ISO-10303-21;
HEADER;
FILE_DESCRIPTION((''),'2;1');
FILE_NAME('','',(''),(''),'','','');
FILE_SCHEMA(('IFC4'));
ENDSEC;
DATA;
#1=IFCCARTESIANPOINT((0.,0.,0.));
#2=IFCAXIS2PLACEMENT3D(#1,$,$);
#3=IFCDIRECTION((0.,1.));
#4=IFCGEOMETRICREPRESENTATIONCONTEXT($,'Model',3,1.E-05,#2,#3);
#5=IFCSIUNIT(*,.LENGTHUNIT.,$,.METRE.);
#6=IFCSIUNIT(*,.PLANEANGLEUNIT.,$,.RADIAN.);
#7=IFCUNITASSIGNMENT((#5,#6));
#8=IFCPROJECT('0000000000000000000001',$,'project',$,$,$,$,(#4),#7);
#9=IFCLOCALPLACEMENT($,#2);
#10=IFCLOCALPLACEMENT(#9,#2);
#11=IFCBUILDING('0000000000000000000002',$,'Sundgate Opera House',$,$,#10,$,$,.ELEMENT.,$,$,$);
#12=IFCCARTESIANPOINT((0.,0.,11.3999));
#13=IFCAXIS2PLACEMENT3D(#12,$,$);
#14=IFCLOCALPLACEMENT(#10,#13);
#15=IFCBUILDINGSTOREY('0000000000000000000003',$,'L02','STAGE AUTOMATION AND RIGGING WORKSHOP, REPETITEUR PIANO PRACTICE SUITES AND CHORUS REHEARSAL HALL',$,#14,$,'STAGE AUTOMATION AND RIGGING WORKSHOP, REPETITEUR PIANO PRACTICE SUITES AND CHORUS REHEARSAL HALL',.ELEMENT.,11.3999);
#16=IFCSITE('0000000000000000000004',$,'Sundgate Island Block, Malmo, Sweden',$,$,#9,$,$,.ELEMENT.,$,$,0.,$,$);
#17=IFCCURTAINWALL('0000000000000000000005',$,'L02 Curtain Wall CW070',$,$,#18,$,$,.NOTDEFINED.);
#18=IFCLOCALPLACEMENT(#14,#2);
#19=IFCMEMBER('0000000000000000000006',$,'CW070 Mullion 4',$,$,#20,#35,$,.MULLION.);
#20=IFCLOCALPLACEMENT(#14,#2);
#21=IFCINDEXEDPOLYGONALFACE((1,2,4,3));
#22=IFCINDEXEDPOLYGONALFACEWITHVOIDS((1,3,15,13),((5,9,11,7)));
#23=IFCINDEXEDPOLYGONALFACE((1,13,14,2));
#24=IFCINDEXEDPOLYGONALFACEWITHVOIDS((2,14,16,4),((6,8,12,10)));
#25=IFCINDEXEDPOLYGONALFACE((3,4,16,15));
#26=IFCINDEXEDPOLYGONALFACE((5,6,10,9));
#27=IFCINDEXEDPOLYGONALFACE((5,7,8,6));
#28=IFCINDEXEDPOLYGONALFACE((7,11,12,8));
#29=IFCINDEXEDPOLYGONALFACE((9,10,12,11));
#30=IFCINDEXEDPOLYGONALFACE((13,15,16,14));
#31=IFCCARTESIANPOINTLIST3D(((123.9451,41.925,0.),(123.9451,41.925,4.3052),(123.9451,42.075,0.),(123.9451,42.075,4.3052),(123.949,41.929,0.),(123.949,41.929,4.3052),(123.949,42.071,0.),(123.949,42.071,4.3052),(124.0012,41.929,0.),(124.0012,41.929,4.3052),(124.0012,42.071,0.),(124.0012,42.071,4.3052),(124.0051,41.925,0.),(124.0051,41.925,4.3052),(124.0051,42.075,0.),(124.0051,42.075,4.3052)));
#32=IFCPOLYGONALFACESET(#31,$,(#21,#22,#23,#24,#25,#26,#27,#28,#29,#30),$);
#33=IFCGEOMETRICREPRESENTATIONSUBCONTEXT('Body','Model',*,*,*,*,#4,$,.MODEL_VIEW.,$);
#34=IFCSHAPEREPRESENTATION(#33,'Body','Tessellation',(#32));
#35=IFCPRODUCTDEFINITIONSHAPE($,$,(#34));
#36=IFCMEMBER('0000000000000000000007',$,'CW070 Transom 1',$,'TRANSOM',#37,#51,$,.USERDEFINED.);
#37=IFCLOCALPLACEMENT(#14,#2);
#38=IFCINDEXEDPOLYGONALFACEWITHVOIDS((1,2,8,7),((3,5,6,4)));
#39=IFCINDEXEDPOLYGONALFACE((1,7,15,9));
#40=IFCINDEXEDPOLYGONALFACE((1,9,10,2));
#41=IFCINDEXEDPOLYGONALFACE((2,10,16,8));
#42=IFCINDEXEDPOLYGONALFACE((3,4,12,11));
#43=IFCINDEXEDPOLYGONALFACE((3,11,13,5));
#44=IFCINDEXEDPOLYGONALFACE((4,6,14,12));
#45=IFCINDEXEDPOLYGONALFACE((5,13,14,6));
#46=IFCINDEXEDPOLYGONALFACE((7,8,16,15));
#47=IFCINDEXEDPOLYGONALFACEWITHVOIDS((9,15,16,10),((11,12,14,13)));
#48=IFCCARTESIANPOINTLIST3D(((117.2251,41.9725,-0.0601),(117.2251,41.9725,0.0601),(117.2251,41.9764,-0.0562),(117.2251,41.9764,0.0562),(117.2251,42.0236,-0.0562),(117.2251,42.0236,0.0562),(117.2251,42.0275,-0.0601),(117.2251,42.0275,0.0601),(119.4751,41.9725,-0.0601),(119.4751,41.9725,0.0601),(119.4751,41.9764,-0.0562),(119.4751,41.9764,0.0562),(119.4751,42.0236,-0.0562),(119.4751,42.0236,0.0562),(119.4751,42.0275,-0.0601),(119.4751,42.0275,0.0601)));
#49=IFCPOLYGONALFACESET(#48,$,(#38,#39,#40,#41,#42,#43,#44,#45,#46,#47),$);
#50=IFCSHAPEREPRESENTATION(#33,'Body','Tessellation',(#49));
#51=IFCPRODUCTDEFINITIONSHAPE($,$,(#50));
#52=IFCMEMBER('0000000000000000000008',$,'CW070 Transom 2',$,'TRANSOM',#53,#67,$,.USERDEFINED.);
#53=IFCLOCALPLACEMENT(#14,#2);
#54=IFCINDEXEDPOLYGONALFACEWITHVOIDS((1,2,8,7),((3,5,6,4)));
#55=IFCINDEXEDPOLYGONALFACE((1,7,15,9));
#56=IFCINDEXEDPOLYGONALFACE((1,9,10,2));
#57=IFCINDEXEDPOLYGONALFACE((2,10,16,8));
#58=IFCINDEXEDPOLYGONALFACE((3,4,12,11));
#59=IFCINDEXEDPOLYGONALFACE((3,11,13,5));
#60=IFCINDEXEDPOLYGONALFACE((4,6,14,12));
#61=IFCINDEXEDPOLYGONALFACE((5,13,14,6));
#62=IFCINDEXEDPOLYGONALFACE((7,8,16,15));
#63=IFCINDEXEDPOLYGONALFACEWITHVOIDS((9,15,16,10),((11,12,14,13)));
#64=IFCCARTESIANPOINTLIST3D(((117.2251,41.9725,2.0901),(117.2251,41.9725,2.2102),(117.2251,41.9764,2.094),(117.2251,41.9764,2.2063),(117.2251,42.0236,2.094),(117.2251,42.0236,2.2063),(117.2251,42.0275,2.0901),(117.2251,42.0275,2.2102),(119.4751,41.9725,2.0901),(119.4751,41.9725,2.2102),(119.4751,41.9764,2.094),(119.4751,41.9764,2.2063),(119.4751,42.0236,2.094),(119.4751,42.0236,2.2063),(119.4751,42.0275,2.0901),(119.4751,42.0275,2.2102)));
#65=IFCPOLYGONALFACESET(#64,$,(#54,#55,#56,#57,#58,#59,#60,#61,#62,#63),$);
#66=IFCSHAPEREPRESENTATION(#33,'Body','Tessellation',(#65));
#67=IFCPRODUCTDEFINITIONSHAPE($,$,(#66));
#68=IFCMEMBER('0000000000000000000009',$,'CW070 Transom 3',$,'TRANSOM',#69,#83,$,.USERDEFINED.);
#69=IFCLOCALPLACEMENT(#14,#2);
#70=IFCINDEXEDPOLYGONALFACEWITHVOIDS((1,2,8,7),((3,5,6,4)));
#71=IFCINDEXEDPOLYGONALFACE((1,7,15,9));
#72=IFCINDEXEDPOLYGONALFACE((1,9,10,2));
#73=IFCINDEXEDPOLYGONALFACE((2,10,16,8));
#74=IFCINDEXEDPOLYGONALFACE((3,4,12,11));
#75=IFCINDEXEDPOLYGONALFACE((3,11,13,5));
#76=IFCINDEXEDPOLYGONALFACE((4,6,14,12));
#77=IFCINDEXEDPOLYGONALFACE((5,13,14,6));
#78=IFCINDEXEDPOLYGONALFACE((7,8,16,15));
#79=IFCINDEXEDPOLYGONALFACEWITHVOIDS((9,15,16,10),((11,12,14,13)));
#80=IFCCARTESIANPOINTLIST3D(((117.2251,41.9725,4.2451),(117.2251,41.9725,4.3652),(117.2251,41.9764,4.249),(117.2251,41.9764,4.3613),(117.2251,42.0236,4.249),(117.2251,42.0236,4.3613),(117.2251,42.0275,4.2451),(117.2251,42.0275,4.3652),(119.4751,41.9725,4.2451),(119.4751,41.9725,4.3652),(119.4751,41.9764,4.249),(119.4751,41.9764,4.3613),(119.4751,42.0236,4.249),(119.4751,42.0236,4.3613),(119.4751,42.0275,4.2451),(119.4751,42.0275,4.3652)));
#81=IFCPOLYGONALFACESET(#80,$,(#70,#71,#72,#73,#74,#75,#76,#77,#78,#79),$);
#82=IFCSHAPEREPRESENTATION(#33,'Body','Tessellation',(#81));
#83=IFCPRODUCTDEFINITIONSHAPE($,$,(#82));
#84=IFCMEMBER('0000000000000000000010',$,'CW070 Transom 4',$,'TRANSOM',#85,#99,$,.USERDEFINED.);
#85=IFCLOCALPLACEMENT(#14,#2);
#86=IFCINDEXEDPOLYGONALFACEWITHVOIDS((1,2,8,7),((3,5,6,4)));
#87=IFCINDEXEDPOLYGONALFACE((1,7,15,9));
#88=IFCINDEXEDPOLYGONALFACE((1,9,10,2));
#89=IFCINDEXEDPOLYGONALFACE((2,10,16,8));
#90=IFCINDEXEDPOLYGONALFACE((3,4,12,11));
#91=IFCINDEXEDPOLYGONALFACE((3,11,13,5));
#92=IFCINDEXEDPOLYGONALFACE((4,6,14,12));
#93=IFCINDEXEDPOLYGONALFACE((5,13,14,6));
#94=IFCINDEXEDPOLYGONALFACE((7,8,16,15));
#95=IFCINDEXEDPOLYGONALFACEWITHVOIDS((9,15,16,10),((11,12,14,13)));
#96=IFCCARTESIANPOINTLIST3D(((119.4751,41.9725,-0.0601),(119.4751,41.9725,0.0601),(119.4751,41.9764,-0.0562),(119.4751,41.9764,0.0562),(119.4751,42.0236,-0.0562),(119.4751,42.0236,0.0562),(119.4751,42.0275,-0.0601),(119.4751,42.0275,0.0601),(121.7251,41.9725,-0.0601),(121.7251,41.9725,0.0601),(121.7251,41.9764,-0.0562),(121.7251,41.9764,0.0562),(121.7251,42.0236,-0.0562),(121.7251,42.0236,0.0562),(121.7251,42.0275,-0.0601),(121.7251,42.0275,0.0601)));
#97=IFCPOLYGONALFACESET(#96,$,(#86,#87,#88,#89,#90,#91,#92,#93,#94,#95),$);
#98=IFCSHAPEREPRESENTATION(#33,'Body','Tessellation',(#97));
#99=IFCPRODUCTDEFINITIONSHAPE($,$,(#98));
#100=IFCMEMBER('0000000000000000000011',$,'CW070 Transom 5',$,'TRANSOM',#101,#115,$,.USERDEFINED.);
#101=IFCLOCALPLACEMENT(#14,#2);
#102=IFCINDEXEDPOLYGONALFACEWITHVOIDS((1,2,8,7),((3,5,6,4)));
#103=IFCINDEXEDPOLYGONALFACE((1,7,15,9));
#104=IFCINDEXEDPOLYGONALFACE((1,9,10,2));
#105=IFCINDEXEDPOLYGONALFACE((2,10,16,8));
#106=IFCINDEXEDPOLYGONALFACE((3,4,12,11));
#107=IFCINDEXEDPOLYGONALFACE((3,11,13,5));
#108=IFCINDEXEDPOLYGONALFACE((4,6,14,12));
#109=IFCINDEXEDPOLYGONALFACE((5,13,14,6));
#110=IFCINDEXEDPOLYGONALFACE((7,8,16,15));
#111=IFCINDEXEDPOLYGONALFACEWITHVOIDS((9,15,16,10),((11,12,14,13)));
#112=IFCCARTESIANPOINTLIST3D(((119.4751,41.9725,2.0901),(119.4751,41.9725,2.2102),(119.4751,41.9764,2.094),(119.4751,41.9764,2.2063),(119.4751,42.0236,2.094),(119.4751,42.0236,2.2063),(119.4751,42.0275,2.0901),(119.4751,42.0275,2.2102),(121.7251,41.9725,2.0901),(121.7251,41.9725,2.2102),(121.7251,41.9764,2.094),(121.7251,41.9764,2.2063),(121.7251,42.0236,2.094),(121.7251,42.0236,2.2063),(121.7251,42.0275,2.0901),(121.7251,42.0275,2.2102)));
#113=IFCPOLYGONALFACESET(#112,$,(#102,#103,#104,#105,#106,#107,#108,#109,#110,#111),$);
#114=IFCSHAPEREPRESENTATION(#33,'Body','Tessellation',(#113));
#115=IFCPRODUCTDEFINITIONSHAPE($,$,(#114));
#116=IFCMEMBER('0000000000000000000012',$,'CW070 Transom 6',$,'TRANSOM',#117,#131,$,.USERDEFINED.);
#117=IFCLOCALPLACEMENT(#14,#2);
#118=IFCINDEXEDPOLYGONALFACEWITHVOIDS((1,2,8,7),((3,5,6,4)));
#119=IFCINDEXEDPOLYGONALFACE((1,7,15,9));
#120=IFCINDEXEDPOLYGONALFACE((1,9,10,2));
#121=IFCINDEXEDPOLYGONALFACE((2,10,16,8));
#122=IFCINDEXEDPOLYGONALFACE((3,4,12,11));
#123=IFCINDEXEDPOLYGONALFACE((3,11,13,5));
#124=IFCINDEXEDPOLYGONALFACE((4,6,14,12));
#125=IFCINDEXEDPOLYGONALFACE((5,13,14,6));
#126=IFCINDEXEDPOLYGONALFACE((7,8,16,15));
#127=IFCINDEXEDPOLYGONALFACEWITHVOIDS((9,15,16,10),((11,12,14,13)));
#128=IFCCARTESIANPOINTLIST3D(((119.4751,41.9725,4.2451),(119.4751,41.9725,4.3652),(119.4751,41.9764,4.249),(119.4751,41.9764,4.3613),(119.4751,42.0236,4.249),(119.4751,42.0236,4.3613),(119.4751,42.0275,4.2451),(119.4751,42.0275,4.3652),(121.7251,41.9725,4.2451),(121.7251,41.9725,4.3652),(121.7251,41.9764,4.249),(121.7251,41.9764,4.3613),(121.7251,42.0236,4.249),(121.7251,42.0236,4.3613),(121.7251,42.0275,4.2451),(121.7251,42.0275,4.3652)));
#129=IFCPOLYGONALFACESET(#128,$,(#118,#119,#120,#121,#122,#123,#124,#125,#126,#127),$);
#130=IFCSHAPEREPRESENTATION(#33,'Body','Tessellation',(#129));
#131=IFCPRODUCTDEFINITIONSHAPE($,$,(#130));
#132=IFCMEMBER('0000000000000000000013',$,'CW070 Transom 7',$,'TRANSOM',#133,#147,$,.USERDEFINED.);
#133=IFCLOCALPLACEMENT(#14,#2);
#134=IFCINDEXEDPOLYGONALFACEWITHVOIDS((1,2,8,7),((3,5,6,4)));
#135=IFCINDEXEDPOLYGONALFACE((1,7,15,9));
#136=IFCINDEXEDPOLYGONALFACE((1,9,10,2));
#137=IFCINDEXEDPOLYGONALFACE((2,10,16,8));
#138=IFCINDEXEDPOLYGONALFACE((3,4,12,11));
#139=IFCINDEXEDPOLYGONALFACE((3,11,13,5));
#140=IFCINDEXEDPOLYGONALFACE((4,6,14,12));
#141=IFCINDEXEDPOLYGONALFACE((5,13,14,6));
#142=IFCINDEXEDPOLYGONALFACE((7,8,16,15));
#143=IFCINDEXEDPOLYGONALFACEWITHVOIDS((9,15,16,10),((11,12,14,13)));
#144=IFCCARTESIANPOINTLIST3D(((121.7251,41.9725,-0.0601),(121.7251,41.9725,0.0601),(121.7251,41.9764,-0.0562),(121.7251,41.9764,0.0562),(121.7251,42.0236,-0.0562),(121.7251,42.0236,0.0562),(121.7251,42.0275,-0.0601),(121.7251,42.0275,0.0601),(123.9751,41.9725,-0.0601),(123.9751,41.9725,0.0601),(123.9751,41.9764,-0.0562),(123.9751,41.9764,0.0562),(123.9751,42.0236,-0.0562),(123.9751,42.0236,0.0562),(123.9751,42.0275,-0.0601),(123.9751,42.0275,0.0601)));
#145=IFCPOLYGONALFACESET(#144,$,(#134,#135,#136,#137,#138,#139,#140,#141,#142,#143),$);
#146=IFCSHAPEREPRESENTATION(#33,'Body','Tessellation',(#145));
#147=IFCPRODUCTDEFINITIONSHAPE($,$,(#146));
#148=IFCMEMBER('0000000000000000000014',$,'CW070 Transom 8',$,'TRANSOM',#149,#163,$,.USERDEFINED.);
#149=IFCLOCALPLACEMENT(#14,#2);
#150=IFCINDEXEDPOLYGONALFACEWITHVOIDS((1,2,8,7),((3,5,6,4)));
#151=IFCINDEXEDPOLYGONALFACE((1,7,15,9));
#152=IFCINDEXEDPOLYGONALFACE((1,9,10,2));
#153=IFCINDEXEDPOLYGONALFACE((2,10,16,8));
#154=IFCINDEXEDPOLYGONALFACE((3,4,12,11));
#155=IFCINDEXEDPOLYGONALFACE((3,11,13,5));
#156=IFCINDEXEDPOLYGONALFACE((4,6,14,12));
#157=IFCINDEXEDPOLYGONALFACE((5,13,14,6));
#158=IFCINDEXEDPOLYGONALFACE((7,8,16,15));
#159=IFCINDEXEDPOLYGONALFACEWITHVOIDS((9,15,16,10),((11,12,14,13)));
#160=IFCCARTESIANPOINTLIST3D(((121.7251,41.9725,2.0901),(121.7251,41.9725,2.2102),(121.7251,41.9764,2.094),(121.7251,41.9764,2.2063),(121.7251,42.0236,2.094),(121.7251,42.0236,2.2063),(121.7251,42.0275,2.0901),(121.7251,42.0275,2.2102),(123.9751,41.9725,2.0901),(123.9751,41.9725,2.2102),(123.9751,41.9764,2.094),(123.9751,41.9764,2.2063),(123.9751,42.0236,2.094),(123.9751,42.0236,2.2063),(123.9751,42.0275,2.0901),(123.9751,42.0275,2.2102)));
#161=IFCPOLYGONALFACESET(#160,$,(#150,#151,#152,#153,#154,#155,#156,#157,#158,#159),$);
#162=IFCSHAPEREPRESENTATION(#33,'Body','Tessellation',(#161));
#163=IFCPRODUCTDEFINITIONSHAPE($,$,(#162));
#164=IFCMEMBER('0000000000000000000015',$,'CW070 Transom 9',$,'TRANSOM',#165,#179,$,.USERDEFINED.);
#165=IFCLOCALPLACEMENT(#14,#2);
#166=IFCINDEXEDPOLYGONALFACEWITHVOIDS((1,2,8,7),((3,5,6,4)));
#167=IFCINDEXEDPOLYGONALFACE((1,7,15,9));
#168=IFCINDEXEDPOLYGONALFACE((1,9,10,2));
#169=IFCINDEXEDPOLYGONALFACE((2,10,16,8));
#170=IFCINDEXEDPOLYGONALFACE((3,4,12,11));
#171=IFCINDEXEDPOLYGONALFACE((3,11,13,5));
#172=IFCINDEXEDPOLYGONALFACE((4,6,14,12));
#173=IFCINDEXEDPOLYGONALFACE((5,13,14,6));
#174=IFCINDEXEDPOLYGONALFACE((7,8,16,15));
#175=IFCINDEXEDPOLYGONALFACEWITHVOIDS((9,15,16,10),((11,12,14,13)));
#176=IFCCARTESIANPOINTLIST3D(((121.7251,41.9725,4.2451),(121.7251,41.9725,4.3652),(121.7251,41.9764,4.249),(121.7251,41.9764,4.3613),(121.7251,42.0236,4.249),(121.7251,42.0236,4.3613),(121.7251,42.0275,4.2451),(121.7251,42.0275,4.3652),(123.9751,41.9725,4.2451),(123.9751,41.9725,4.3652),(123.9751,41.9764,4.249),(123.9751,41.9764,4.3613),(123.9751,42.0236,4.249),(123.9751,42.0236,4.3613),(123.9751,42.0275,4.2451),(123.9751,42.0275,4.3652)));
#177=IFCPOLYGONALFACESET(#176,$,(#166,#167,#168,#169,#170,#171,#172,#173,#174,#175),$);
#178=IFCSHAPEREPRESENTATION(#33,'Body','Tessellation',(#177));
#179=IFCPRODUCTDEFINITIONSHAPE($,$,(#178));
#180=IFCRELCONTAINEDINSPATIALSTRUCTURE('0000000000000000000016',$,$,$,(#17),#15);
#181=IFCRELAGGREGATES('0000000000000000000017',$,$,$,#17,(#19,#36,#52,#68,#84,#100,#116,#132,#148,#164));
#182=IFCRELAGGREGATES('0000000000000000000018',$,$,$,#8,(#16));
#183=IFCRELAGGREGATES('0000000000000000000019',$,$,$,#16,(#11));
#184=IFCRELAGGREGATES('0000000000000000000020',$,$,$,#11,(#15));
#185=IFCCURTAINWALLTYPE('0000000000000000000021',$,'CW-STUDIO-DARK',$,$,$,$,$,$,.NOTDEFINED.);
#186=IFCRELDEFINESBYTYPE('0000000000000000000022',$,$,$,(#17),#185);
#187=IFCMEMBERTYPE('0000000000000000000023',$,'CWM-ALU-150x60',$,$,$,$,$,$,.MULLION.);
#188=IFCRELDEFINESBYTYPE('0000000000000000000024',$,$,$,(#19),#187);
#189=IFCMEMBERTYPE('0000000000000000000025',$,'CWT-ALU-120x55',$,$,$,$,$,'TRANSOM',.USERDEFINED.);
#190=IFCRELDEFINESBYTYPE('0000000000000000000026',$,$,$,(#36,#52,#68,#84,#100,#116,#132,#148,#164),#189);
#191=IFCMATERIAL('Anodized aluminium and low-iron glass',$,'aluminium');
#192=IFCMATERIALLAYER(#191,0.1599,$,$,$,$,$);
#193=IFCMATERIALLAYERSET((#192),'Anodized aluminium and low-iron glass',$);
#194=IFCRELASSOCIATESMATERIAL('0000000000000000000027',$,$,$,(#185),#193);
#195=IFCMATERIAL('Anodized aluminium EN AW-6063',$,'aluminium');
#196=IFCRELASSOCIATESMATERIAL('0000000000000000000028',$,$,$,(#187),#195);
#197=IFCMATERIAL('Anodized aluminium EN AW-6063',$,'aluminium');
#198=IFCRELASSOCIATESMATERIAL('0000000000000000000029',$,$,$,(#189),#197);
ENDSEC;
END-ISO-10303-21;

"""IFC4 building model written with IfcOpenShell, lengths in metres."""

from ifc_helpers import new_model, si_unit, direction, frame, origin, origin_2d, place, context, subcontext, project, spatial, hollow_rectangle, extrude, material, layer, layer_set, material_profile, profile_set, type_object, element, aggregate, save


model = new_model("IFC4")

# Units and contexts
model_context = context("Model", 3, precision=1e-05, world=origin(), true_north=direction((0.0, 1.0)))
body_context = subcontext(model_context, "Body", "Model", "MODEL_VIEW")
ifc_project = project(units=[si_unit("LENGTHUNIT", "METRE"), si_unit("PLANEANGLEUNIT", "RADIAN")], contexts=[model_context])

# Site, building, storey
site_placement = place(None, origin())
site = spatial("IfcSite", under=ifc_project, at=site_placement, Name="Sundgate Island Block, Malmo, Sweden", CompositionType="ELEMENT", RefElevation=0.0)
building_placement = place(site_placement, origin())
building = spatial("IfcBuilding", under=site, at=building_placement, Name="Sundgate Opera House", CompositionType="ELEMENT")
storey_placement = place(building_placement, frame((0.0, 0.0, 11.3999)))
storey = spatial("IfcBuildingStorey", under=building, at=storey_placement, Name="L02", Description="STAGE AUTOMATION AND RIGGING WORKSHOP, REPETITEUR PIANO PRACTICE SUITES AND CHORUS REHEARSAL HALL", LongName="STAGE AUTOMATION AND RIGGING WORKSHOP, REPETITEUR PIANO PRACTICE SUITES AND CHORUS REHEARSAL HALL", CompositionType="ELEMENT", Elevation=11.3999)

# Curtain wall, members
ifc_material_1 = material(Name="Anodized aluminium and low-iron glass", Category="aluminium")
ifc_layer_1 = layer(ifc_material_1, 0.1599)
ifc_layer_set_1 = layer_set([ifc_layer_1], Name="Anodized aluminium and low-iron glass")
curtain_wall_type = type_object("IfcCurtainWallType", Name="CW-STUDIO-DARK", PredefinedType="NOTDEFINED", material=ifc_layer_set_1)
curtain_wall_placement = place(storey_placement, origin())
curtain_wall = element("IfcCurtainWall", 1, at=curtain_wall_placement, inside=storey, type_object=curtain_wall_type, Name="L02 Curtain Wall CW070", PredefinedType="NOTDEFINED")
ifc_material_2 = material(Name="Anodized aluminium EN AW-6063", Category="aluminium")
ifc_material_profile_1 = material_profile(ifc_material_2, hollow_rectangle(XDim=0.0601, YDim=0.1499, WallThickness=0.0039, at=origin_2d()), Name="CWM 150x60x4")
ifc_profile_set_1 = profile_set([ifc_material_profile_1], Name="Anodized aluminium EN AW-6063")
member_type_1 = type_object("IfcMemberType", Name="CWM-ALU-150x60", PredefinedType="MULLION", material=ifc_profile_set_1)
member_1_placement = place(storey_placement, frame((123.9751, 42.0, 0.0), z_axis=(0.0, 0.0, 1.0), x_axis=(1.0, 0.0, 0.0)))
member_1 = element("IfcMember", 2, at=member_1_placement, type_object=member_type_1, Name="CW070 Mullion 4", PredefinedType="MULLION", context=body_context, shape_type="SweptSolid", body=[
    extrude(hollow_rectangle(XDim=0.0601, YDim=0.1499, WallThickness=0.0039, at=origin_2d()), origin(), (0.0, 0.0, 1.0), 4.3052),
])
ifc_material_3 = material(Name="Anodized aluminium EN AW-6063", Category="aluminium")
ifc_material_profile_2 = material_profile(ifc_material_3, hollow_rectangle(XDim=0.0549, YDim=0.1201, WallThickness=0.0039, at=origin_2d()), Name="CWT 120x55x4")
ifc_profile_set_2 = profile_set([ifc_material_profile_2], Name="Anodized aluminium EN AW-6063")
member_type_2 = type_object("IfcMemberType", Name="CWT-ALU-120x55", ElementType="TRANSOM", PredefinedType="USERDEFINED", material=ifc_profile_set_2)
member_2_placement = place(storey_placement, frame((117.2251, 42.0, 0.0), z_axis=(1.0, 0.0, 0.0), x_axis=(0.0, 1.0, 0.0)))
member_2 = element("IfcMember", 3, at=member_2_placement, type_object=member_type_2, Name="CW070 Transom 1", ObjectType="TRANSOM", PredefinedType="USERDEFINED", context=body_context, shape_type="SweptSolid", body=[
    extrude(hollow_rectangle(XDim=0.0549, YDim=0.1201, WallThickness=0.0039, at=origin_2d()), origin(), (0.0, 0.0, 1.0), 2.25),
])
member_3_placement = place(storey_placement, frame((117.2251, 42.0, 2.1501), z_axis=(1.0, 0.0, 0.0), x_axis=(0.0, 1.0, 0.0)))
member_3 = element("IfcMember", 4, at=member_3_placement, type_object=member_type_2, Name="CW070 Transom 2", ObjectType="TRANSOM", PredefinedType="USERDEFINED", context=body_context, shape_type="SweptSolid", body=[
    extrude(hollow_rectangle(XDim=0.0549, YDim=0.1201, WallThickness=0.0039, at=origin_2d()), origin(), (0.0, 0.0, 1.0), 2.25),
])
member_4_placement = place(storey_placement, frame((117.2251, 42.0, 4.3052), z_axis=(1.0, 0.0, 0.0), x_axis=(0.0, 1.0, 0.0)))
member_4 = element("IfcMember", 5, at=member_4_placement, type_object=member_type_2, Name="CW070 Transom 3", ObjectType="TRANSOM", PredefinedType="USERDEFINED", context=body_context, shape_type="SweptSolid", body=[
    extrude(hollow_rectangle(XDim=0.0549, YDim=0.1201, WallThickness=0.0039, at=origin_2d()), origin(), (0.0, 0.0, 1.0), 2.25),
])
member_5_placement = place(storey_placement, frame((119.4751, 42.0, 0.0), z_axis=(1.0, 0.0, 0.0), x_axis=(0.0, 1.0, 0.0)))
member_5 = element("IfcMember", 6, at=member_5_placement, type_object=member_type_2, Name="CW070 Transom 4", ObjectType="TRANSOM", PredefinedType="USERDEFINED", context=body_context, shape_type="SweptSolid", body=[
    extrude(hollow_rectangle(XDim=0.0549, YDim=0.1201, WallThickness=0.0039, at=origin_2d()), origin(), (0.0, 0.0, 1.0), 2.25),
])
member_6_placement = place(storey_placement, frame((119.4751, 42.0, 2.1501), z_axis=(1.0, 0.0, 0.0), x_axis=(0.0, 1.0, 0.0)))
member_6 = element("IfcMember", 7, at=member_6_placement, type_object=member_type_2, Name="CW070 Transom 5", ObjectType="TRANSOM", PredefinedType="USERDEFINED", context=body_context, shape_type="SweptSolid", body=[
    extrude(hollow_rectangle(XDim=0.0549, YDim=0.1201, WallThickness=0.0039, at=origin_2d()), origin(), (0.0, 0.0, 1.0), 2.25),
])
member_7_placement = place(storey_placement, frame((119.4751, 42.0, 4.3052), z_axis=(1.0, 0.0, 0.0), x_axis=(0.0, 1.0, 0.0)))
member_7 = element("IfcMember", 8, at=member_7_placement, type_object=member_type_2, Name="CW070 Transom 6", ObjectType="TRANSOM", PredefinedType="USERDEFINED", context=body_context, shape_type="SweptSolid", body=[
    extrude(hollow_rectangle(XDim=0.0549, YDim=0.1201, WallThickness=0.0039, at=origin_2d()), origin(), (0.0, 0.0, 1.0), 2.25),
])
member_8_placement = place(storey_placement, frame((121.7251, 42.0, 0.0), z_axis=(1.0, 0.0, 0.0), x_axis=(0.0, 1.0, 0.0)))
member_8 = element("IfcMember", 9, at=member_8_placement, type_object=member_type_2, Name="CW070 Transom 7", ObjectType="TRANSOM", PredefinedType="USERDEFINED", context=body_context, shape_type="SweptSolid", body=[
    extrude(hollow_rectangle(XDim=0.0549, YDim=0.1201, WallThickness=0.0039, at=origin_2d()), origin(), (0.0, 0.0, 1.0), 2.25),
])
member_9_placement = place(storey_placement, frame((121.7251, 42.0, 2.1501), z_axis=(1.0, 0.0, 0.0), x_axis=(0.0, 1.0, 0.0)))
member_9 = element("IfcMember", 10, at=member_9_placement, type_object=member_type_2, Name="CW070 Transom 8", ObjectType="TRANSOM", PredefinedType="USERDEFINED", context=body_context, shape_type="SweptSolid", body=[
    extrude(hollow_rectangle(XDim=0.0549, YDim=0.1201, WallThickness=0.0039, at=origin_2d()), origin(), (0.0, 0.0, 1.0), 2.25),
])
member_10_placement = place(storey_placement, frame((121.7251, 42.0, 4.3052), z_axis=(1.0, 0.0, 0.0), x_axis=(0.0, 1.0, 0.0)))
member_10 = element("IfcMember", 11, at=member_10_placement, type_object=member_type_2, Name="CW070 Transom 9", ObjectType="TRANSOM", PredefinedType="USERDEFINED", context=body_context, shape_type="SweptSolid", body=[
    extrude(hollow_rectangle(XDim=0.0549, YDim=0.1201, WallThickness=0.0039, at=origin_2d()), origin(), (0.0, 0.0, 1.0), 2.25),
])

aggregate(curtain_wall, [member_1, member_2, member_3, member_4, member_5, member_6, member_7, member_8, member_9, member_10])

save(model, "model.ifc")
